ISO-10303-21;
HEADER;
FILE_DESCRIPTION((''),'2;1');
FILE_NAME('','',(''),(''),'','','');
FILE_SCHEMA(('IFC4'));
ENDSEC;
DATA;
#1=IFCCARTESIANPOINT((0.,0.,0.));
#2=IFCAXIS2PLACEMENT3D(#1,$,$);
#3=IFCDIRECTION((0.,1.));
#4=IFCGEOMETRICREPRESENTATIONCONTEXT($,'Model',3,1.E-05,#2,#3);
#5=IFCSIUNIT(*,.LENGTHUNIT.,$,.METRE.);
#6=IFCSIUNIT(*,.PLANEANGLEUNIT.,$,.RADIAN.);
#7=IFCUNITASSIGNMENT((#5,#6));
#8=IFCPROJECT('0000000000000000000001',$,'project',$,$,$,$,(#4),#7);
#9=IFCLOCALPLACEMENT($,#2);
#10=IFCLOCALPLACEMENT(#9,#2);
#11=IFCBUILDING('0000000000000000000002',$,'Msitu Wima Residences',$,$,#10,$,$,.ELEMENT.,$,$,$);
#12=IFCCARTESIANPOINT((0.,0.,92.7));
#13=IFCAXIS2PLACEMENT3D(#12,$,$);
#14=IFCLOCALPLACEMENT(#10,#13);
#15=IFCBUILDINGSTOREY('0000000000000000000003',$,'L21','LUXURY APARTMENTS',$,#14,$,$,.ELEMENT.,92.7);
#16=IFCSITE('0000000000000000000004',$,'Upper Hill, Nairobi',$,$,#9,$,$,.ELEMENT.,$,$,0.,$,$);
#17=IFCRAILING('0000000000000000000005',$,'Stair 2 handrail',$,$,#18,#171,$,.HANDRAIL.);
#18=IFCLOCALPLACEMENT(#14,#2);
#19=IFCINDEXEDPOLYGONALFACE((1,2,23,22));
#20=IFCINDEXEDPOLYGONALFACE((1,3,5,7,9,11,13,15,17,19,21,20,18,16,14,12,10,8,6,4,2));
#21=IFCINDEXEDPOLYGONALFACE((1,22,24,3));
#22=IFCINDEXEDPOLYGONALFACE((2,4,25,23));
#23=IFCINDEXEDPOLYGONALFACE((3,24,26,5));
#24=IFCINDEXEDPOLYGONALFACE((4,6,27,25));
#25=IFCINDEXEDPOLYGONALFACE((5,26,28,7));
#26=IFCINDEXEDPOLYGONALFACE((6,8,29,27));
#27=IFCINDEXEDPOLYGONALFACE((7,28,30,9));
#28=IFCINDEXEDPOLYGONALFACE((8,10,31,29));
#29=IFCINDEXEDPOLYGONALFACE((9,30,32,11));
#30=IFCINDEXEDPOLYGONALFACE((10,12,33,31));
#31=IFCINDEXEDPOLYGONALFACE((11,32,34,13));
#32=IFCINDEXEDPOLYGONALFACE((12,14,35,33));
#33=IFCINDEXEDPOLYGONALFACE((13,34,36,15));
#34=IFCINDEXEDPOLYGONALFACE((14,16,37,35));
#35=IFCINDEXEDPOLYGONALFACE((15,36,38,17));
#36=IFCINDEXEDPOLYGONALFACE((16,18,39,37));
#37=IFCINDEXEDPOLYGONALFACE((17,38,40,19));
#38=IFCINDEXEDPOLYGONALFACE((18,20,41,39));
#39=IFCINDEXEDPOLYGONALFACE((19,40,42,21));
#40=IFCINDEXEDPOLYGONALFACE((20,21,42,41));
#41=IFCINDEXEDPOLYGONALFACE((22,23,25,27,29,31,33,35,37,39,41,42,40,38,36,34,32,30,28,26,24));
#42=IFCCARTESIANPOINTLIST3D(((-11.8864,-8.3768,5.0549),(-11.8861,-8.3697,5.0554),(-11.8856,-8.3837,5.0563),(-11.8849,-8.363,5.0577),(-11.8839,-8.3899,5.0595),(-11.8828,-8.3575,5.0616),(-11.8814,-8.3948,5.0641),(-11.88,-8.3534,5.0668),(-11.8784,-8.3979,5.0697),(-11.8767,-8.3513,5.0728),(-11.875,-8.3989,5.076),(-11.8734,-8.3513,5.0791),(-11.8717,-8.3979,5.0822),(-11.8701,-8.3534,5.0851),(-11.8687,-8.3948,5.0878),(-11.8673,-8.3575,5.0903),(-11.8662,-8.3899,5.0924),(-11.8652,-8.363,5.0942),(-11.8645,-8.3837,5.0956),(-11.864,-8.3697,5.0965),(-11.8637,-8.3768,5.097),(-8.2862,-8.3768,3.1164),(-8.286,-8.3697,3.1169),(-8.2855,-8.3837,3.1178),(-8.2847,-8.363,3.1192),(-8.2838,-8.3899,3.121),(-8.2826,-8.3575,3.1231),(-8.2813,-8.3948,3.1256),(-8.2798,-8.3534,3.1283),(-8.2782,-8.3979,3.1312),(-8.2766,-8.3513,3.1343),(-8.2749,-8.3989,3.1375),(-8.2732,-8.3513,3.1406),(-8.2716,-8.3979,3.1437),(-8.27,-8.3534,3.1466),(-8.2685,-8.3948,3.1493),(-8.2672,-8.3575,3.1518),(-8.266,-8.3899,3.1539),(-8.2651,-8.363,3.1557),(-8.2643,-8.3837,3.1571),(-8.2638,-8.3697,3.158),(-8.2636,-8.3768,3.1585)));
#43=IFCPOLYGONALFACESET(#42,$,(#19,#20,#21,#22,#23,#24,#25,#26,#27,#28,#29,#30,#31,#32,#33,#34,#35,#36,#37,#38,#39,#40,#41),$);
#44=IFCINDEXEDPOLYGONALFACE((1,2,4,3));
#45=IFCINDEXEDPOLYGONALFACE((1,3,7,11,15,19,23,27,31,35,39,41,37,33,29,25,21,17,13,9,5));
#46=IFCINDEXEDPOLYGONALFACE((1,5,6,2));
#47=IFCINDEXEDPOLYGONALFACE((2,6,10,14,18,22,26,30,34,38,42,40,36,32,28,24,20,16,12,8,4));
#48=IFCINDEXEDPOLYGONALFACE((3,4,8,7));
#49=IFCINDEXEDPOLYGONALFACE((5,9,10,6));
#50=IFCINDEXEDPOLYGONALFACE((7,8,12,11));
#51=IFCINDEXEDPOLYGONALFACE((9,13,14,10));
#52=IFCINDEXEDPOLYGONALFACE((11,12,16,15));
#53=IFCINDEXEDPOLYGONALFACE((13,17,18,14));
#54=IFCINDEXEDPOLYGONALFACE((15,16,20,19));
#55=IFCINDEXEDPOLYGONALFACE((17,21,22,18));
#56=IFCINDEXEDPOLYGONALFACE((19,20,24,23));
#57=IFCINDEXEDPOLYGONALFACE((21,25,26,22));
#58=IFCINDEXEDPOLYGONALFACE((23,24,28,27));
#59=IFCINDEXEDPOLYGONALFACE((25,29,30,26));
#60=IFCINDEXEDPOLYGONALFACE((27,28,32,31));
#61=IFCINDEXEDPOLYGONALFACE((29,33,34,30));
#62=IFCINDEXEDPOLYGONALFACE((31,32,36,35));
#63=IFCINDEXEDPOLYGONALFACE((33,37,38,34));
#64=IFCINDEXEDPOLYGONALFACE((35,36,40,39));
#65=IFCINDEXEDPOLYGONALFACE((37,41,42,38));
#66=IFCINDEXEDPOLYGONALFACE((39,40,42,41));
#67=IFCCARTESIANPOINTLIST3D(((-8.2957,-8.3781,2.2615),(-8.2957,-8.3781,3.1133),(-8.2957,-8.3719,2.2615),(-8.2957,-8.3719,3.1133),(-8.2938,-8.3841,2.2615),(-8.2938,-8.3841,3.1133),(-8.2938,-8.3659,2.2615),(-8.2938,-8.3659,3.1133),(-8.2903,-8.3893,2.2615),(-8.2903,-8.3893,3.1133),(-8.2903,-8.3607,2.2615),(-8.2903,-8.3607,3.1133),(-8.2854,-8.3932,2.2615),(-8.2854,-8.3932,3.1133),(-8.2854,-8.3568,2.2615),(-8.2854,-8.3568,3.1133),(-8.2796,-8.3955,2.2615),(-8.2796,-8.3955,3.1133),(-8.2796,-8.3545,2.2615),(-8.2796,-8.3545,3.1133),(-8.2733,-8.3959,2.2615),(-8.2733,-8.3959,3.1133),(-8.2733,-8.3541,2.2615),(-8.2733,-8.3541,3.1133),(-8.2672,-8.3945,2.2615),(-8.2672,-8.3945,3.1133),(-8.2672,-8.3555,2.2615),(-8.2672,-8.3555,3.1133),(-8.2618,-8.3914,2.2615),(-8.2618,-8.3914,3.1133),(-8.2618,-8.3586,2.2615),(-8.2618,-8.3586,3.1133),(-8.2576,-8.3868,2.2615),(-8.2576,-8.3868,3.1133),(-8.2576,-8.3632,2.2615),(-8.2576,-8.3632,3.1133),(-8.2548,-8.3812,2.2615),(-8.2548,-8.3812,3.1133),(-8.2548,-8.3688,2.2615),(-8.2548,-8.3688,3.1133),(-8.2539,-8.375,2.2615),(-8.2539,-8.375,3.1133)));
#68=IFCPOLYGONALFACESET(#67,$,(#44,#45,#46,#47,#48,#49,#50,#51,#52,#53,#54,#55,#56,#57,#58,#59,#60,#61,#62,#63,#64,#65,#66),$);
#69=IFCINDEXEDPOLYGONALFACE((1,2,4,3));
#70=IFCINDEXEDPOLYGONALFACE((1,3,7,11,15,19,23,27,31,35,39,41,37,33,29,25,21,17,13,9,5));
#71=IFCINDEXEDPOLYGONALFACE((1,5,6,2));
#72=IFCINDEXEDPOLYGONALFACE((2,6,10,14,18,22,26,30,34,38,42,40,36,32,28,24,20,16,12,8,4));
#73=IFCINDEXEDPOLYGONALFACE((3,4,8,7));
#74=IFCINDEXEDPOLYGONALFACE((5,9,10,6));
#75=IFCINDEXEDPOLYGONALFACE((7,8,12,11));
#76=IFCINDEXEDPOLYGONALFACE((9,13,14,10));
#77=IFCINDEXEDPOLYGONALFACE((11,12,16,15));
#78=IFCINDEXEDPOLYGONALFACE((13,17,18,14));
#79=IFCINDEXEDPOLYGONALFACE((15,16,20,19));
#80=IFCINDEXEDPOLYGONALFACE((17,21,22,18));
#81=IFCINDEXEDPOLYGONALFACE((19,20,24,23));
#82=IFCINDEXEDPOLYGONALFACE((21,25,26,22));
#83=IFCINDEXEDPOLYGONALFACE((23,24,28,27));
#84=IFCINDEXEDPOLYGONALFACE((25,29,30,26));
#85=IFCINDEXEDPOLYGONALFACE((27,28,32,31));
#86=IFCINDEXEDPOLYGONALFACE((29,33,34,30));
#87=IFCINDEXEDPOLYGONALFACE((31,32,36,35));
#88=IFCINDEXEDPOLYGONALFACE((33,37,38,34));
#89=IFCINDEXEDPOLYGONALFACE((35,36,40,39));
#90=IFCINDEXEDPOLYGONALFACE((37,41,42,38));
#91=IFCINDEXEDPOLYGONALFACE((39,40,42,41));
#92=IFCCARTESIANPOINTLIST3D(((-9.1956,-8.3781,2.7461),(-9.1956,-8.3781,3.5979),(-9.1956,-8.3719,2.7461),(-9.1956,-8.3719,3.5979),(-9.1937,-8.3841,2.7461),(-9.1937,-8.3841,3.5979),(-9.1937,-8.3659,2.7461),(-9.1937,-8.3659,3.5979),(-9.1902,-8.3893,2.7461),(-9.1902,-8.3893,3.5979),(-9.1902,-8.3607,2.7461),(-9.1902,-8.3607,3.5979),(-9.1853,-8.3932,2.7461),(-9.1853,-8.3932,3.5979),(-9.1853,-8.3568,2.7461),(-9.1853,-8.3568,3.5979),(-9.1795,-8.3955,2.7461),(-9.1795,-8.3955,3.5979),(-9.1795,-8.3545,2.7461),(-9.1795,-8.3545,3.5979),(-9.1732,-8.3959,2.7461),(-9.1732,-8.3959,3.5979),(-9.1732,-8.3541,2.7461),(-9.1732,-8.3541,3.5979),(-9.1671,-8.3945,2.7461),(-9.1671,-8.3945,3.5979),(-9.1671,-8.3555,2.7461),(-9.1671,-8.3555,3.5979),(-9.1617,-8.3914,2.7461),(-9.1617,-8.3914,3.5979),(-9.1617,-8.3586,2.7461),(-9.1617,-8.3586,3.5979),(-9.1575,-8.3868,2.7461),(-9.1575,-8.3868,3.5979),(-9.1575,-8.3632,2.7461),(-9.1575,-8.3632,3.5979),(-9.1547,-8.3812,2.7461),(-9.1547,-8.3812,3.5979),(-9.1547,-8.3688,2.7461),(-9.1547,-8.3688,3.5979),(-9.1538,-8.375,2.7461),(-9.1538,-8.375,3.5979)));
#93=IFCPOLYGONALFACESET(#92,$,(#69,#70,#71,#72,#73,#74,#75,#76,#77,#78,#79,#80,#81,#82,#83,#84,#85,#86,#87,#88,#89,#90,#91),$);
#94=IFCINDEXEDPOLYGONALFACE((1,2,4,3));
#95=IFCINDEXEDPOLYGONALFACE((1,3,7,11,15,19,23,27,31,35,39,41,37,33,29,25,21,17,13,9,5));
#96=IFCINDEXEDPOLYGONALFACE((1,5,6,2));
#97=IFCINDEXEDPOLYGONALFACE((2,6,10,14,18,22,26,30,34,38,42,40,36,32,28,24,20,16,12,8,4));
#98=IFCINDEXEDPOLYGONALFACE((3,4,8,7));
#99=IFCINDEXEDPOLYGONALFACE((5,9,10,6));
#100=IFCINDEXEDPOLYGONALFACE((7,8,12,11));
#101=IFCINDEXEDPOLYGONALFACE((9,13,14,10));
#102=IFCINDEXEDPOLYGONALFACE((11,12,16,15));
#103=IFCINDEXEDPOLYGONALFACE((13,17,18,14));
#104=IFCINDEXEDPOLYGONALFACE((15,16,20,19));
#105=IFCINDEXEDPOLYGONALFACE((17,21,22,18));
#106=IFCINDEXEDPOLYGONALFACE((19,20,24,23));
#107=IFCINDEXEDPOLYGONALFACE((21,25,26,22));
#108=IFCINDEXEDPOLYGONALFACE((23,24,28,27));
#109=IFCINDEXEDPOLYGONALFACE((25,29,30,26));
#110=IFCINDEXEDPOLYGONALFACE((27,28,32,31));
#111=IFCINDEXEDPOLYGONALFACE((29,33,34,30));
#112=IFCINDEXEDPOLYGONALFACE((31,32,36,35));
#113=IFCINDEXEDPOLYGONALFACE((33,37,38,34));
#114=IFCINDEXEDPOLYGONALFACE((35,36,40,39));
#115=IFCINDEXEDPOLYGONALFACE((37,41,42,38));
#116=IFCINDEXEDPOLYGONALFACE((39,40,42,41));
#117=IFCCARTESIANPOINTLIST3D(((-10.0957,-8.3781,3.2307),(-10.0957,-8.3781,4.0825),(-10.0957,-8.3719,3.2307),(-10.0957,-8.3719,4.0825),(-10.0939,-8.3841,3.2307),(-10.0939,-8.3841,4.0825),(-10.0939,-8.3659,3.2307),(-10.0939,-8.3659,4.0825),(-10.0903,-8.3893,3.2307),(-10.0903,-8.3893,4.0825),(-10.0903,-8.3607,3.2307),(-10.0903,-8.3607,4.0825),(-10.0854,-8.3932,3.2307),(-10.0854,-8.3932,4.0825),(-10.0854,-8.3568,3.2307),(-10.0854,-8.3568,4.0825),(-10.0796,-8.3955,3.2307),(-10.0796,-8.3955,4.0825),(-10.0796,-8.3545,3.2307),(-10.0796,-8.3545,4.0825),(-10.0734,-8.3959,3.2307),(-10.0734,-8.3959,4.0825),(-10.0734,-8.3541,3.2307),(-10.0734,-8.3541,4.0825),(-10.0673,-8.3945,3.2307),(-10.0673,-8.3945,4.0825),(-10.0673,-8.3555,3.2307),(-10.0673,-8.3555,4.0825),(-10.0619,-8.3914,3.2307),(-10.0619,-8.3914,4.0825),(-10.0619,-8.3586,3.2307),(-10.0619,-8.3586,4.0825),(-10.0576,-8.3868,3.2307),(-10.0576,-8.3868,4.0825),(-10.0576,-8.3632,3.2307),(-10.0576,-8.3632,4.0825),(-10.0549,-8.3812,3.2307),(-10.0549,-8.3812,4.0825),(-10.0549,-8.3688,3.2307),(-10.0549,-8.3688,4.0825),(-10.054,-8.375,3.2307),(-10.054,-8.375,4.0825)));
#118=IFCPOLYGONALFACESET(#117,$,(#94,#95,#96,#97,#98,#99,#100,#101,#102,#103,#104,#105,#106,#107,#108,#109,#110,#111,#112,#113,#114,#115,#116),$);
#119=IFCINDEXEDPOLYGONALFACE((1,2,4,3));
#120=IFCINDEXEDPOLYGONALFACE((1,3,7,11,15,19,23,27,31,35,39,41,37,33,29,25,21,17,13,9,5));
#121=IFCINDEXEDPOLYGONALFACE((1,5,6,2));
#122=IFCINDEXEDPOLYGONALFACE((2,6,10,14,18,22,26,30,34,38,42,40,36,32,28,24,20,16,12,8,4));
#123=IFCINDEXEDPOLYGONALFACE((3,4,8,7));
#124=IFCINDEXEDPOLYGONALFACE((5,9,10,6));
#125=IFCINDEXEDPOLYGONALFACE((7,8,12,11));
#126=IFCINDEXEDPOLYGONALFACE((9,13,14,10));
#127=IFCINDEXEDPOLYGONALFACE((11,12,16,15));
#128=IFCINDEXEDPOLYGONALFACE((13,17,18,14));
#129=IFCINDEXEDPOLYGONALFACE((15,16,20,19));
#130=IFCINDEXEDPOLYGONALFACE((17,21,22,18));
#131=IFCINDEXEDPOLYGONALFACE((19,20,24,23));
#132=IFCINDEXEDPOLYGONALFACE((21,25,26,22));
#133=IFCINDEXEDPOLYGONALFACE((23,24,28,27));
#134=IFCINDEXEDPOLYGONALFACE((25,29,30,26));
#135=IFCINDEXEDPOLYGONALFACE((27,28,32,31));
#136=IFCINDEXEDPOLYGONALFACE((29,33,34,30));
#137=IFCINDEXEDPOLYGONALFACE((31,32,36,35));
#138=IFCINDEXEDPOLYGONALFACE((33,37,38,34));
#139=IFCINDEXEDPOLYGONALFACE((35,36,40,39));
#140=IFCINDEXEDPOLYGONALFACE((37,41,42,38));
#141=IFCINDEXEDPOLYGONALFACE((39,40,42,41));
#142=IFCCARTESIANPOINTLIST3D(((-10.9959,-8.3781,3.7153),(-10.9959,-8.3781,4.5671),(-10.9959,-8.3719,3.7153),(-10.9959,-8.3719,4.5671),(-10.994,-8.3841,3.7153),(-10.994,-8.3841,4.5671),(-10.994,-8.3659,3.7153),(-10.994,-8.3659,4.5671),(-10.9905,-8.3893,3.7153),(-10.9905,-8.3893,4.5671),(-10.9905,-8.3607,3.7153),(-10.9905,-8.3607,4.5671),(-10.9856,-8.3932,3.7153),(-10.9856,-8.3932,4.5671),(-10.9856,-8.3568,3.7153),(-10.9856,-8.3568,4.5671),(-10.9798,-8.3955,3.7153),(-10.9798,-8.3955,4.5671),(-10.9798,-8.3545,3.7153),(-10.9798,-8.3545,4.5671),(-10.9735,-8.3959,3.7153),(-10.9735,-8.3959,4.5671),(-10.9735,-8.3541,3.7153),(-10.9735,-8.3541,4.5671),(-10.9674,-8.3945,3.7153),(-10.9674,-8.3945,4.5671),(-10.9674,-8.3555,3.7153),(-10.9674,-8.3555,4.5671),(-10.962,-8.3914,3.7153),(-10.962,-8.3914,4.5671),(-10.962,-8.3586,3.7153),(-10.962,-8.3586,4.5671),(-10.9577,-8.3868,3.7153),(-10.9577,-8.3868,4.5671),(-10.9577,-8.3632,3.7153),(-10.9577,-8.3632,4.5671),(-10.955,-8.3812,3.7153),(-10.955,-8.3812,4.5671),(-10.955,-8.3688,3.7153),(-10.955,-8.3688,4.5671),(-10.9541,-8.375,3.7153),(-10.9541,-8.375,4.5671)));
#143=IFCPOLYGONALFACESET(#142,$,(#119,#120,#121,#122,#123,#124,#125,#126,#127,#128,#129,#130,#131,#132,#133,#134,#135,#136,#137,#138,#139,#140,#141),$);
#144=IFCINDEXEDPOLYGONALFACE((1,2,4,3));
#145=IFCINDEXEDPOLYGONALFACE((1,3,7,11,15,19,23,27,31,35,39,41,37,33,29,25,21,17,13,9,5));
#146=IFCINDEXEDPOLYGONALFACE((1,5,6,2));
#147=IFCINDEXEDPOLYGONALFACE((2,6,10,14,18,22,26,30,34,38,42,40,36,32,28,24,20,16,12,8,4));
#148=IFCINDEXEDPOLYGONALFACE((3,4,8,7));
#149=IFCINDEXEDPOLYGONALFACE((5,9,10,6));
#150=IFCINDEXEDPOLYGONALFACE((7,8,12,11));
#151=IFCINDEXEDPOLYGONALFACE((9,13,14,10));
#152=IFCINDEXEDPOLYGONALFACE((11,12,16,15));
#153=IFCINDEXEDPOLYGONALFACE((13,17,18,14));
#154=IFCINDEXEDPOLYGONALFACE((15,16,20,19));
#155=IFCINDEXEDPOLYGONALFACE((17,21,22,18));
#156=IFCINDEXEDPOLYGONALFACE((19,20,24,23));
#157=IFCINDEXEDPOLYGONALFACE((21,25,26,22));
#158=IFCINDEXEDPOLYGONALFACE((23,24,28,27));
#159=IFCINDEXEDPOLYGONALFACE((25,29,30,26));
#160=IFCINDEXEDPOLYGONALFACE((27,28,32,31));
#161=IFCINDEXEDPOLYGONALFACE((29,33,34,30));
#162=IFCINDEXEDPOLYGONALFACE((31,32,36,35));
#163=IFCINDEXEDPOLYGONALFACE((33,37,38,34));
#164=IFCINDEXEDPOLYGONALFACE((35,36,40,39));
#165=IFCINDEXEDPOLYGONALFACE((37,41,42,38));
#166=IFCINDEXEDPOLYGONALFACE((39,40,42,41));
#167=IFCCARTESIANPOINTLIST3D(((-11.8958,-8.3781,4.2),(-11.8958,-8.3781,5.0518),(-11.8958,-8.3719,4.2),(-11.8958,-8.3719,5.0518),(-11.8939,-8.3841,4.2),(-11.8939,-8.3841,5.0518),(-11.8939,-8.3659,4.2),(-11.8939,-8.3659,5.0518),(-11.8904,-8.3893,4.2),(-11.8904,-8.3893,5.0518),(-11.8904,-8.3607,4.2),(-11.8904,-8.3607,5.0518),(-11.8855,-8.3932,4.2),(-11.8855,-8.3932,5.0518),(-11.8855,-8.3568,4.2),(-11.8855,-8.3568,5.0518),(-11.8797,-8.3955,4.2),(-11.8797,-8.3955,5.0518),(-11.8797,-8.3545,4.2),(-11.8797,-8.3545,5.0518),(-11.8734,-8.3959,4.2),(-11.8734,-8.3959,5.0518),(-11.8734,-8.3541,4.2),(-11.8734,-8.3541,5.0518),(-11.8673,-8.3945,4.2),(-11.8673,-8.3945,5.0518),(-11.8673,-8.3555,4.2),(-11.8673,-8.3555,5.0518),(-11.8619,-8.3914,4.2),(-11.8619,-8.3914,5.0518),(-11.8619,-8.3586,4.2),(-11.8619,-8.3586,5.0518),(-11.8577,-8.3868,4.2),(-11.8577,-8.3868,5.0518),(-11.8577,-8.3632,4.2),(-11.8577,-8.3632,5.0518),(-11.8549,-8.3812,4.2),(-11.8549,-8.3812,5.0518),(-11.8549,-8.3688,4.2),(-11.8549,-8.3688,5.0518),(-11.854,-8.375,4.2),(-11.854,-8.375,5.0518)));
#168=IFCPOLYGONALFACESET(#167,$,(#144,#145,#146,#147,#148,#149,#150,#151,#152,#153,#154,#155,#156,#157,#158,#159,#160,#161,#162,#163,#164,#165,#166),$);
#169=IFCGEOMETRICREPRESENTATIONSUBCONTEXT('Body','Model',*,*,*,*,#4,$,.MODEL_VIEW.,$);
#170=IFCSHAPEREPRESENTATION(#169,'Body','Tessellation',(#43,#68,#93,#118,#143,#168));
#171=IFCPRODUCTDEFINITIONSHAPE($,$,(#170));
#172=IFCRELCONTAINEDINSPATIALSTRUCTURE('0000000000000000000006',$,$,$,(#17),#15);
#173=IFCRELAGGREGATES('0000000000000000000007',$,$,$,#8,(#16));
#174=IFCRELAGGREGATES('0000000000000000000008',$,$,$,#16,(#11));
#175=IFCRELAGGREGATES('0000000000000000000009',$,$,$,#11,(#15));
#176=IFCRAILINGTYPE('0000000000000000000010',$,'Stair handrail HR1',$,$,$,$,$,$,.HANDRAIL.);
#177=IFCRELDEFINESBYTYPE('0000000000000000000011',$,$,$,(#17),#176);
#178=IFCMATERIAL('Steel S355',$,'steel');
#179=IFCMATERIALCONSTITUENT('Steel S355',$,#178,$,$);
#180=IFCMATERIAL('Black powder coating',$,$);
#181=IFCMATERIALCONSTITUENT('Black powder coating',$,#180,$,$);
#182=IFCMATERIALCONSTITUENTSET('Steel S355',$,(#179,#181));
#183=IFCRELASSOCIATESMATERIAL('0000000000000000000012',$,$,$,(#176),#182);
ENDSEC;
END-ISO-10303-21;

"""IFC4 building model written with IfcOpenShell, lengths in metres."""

from ifc_helpers import new_model, si_unit, direction, frame, origin, origin_2d, place, context, subcontext, project, spatial, circle, extrude, material, constituent, constituent_set, type_object, element, save


model = new_model("IFC4")

# Units and contexts
model_context = context("Model", 3, precision=1e-05, world=origin(), true_north=direction((0.0, 1.0)))
body_context = subcontext(model_context, "Body", "Model", "MODEL_VIEW")
ifc_project = project(units=[si_unit("LENGTHUNIT", "METRE"), si_unit("PLANEANGLEUNIT", "RADIAN")], contexts=[model_context])

# Site, building, storey
site_placement = place(None, origin())
site = spatial("IfcSite", under=ifc_project, at=site_placement, Name="Upper Hill, Nairobi", CompositionType="ELEMENT", RefElevation=0.0)
building_placement = place(site_placement, origin())
building = spatial("IfcBuilding", under=site, at=building_placement, Name="Msitu Wima Residences", CompositionType="ELEMENT")
storey_placement = place(building_placement, frame((0.0, 0.0, 92.7)))
storey = spatial("IfcBuildingStorey", under=building, at=storey_placement, Name="L21", Description="LUXURY APARTMENTS", CompositionType="ELEMENT", Elevation=92.7)

# Railing
ifc_material_1 = material(Name="Steel S355", Category="steel")
ifc_constituent_1 = constituent(ifc_material_1, Name="Steel S355")
ifc_material_2 = material(Name="Black powder coating")
ifc_constituent_2 = constituent(ifc_material_2, Name="Black powder coating")
ifc_constituent_set = constituent_set(constituents=[ifc_constituent_1, ifc_constituent_2], Name="Steel S355")
railing_type = type_object("IfcRailingType", Name="Stair handrail HR1", PredefinedType="HANDRAIL", material=ifc_constituent_set)
for number, where, name in (
    (1, (-8.2749, -8.375, 2.2615), "Stair 2 handrail"),
):
    element("IfcRailing", number, at=place(storey_placement, frame(where)), inside=storey, type_object=railing_type, Name=name, PredefinedType="HANDRAIL", context=body_context, shape_type="SweptSolid", body=[
        extrude(circle(Radius=0.0239, at=origin_2d()), frame((0.0, 0.0, 0.876), z_axis=(-0.880475, 0.0, 0.474093), x_axis=(0.0, -1.0, 0.0)), (0.0, 0.0, 1.0), 4.0889),
        extrude(circle(Radius=0.021, at=origin_2d()), origin(), (0.0, 0.0, 1.0), 0.8518),
        extrude(circle(Radius=0.021, at=origin_2d()), frame((-0.8999, 0.0, 0.4846)), (0.0, 0.0, 1.0), 0.8518),
        extrude(circle(Radius=0.021, at=origin_2d()), frame((-1.8, 0.0, 0.9692)), (0.0, 0.0, 1.0), 0.8518),
        extrude(circle(Radius=0.021, at=origin_2d()), frame((-2.7002, 0.0, 1.4539)), (0.0, 0.0, 1.0), 0.8518),
        extrude(circle(Radius=0.021, at=origin_2d()), frame((-3.6001, 0.0, 1.9385)), (0.0, 0.0, 1.0), 0.8518),
    ])

save(model, "model.ifc")
